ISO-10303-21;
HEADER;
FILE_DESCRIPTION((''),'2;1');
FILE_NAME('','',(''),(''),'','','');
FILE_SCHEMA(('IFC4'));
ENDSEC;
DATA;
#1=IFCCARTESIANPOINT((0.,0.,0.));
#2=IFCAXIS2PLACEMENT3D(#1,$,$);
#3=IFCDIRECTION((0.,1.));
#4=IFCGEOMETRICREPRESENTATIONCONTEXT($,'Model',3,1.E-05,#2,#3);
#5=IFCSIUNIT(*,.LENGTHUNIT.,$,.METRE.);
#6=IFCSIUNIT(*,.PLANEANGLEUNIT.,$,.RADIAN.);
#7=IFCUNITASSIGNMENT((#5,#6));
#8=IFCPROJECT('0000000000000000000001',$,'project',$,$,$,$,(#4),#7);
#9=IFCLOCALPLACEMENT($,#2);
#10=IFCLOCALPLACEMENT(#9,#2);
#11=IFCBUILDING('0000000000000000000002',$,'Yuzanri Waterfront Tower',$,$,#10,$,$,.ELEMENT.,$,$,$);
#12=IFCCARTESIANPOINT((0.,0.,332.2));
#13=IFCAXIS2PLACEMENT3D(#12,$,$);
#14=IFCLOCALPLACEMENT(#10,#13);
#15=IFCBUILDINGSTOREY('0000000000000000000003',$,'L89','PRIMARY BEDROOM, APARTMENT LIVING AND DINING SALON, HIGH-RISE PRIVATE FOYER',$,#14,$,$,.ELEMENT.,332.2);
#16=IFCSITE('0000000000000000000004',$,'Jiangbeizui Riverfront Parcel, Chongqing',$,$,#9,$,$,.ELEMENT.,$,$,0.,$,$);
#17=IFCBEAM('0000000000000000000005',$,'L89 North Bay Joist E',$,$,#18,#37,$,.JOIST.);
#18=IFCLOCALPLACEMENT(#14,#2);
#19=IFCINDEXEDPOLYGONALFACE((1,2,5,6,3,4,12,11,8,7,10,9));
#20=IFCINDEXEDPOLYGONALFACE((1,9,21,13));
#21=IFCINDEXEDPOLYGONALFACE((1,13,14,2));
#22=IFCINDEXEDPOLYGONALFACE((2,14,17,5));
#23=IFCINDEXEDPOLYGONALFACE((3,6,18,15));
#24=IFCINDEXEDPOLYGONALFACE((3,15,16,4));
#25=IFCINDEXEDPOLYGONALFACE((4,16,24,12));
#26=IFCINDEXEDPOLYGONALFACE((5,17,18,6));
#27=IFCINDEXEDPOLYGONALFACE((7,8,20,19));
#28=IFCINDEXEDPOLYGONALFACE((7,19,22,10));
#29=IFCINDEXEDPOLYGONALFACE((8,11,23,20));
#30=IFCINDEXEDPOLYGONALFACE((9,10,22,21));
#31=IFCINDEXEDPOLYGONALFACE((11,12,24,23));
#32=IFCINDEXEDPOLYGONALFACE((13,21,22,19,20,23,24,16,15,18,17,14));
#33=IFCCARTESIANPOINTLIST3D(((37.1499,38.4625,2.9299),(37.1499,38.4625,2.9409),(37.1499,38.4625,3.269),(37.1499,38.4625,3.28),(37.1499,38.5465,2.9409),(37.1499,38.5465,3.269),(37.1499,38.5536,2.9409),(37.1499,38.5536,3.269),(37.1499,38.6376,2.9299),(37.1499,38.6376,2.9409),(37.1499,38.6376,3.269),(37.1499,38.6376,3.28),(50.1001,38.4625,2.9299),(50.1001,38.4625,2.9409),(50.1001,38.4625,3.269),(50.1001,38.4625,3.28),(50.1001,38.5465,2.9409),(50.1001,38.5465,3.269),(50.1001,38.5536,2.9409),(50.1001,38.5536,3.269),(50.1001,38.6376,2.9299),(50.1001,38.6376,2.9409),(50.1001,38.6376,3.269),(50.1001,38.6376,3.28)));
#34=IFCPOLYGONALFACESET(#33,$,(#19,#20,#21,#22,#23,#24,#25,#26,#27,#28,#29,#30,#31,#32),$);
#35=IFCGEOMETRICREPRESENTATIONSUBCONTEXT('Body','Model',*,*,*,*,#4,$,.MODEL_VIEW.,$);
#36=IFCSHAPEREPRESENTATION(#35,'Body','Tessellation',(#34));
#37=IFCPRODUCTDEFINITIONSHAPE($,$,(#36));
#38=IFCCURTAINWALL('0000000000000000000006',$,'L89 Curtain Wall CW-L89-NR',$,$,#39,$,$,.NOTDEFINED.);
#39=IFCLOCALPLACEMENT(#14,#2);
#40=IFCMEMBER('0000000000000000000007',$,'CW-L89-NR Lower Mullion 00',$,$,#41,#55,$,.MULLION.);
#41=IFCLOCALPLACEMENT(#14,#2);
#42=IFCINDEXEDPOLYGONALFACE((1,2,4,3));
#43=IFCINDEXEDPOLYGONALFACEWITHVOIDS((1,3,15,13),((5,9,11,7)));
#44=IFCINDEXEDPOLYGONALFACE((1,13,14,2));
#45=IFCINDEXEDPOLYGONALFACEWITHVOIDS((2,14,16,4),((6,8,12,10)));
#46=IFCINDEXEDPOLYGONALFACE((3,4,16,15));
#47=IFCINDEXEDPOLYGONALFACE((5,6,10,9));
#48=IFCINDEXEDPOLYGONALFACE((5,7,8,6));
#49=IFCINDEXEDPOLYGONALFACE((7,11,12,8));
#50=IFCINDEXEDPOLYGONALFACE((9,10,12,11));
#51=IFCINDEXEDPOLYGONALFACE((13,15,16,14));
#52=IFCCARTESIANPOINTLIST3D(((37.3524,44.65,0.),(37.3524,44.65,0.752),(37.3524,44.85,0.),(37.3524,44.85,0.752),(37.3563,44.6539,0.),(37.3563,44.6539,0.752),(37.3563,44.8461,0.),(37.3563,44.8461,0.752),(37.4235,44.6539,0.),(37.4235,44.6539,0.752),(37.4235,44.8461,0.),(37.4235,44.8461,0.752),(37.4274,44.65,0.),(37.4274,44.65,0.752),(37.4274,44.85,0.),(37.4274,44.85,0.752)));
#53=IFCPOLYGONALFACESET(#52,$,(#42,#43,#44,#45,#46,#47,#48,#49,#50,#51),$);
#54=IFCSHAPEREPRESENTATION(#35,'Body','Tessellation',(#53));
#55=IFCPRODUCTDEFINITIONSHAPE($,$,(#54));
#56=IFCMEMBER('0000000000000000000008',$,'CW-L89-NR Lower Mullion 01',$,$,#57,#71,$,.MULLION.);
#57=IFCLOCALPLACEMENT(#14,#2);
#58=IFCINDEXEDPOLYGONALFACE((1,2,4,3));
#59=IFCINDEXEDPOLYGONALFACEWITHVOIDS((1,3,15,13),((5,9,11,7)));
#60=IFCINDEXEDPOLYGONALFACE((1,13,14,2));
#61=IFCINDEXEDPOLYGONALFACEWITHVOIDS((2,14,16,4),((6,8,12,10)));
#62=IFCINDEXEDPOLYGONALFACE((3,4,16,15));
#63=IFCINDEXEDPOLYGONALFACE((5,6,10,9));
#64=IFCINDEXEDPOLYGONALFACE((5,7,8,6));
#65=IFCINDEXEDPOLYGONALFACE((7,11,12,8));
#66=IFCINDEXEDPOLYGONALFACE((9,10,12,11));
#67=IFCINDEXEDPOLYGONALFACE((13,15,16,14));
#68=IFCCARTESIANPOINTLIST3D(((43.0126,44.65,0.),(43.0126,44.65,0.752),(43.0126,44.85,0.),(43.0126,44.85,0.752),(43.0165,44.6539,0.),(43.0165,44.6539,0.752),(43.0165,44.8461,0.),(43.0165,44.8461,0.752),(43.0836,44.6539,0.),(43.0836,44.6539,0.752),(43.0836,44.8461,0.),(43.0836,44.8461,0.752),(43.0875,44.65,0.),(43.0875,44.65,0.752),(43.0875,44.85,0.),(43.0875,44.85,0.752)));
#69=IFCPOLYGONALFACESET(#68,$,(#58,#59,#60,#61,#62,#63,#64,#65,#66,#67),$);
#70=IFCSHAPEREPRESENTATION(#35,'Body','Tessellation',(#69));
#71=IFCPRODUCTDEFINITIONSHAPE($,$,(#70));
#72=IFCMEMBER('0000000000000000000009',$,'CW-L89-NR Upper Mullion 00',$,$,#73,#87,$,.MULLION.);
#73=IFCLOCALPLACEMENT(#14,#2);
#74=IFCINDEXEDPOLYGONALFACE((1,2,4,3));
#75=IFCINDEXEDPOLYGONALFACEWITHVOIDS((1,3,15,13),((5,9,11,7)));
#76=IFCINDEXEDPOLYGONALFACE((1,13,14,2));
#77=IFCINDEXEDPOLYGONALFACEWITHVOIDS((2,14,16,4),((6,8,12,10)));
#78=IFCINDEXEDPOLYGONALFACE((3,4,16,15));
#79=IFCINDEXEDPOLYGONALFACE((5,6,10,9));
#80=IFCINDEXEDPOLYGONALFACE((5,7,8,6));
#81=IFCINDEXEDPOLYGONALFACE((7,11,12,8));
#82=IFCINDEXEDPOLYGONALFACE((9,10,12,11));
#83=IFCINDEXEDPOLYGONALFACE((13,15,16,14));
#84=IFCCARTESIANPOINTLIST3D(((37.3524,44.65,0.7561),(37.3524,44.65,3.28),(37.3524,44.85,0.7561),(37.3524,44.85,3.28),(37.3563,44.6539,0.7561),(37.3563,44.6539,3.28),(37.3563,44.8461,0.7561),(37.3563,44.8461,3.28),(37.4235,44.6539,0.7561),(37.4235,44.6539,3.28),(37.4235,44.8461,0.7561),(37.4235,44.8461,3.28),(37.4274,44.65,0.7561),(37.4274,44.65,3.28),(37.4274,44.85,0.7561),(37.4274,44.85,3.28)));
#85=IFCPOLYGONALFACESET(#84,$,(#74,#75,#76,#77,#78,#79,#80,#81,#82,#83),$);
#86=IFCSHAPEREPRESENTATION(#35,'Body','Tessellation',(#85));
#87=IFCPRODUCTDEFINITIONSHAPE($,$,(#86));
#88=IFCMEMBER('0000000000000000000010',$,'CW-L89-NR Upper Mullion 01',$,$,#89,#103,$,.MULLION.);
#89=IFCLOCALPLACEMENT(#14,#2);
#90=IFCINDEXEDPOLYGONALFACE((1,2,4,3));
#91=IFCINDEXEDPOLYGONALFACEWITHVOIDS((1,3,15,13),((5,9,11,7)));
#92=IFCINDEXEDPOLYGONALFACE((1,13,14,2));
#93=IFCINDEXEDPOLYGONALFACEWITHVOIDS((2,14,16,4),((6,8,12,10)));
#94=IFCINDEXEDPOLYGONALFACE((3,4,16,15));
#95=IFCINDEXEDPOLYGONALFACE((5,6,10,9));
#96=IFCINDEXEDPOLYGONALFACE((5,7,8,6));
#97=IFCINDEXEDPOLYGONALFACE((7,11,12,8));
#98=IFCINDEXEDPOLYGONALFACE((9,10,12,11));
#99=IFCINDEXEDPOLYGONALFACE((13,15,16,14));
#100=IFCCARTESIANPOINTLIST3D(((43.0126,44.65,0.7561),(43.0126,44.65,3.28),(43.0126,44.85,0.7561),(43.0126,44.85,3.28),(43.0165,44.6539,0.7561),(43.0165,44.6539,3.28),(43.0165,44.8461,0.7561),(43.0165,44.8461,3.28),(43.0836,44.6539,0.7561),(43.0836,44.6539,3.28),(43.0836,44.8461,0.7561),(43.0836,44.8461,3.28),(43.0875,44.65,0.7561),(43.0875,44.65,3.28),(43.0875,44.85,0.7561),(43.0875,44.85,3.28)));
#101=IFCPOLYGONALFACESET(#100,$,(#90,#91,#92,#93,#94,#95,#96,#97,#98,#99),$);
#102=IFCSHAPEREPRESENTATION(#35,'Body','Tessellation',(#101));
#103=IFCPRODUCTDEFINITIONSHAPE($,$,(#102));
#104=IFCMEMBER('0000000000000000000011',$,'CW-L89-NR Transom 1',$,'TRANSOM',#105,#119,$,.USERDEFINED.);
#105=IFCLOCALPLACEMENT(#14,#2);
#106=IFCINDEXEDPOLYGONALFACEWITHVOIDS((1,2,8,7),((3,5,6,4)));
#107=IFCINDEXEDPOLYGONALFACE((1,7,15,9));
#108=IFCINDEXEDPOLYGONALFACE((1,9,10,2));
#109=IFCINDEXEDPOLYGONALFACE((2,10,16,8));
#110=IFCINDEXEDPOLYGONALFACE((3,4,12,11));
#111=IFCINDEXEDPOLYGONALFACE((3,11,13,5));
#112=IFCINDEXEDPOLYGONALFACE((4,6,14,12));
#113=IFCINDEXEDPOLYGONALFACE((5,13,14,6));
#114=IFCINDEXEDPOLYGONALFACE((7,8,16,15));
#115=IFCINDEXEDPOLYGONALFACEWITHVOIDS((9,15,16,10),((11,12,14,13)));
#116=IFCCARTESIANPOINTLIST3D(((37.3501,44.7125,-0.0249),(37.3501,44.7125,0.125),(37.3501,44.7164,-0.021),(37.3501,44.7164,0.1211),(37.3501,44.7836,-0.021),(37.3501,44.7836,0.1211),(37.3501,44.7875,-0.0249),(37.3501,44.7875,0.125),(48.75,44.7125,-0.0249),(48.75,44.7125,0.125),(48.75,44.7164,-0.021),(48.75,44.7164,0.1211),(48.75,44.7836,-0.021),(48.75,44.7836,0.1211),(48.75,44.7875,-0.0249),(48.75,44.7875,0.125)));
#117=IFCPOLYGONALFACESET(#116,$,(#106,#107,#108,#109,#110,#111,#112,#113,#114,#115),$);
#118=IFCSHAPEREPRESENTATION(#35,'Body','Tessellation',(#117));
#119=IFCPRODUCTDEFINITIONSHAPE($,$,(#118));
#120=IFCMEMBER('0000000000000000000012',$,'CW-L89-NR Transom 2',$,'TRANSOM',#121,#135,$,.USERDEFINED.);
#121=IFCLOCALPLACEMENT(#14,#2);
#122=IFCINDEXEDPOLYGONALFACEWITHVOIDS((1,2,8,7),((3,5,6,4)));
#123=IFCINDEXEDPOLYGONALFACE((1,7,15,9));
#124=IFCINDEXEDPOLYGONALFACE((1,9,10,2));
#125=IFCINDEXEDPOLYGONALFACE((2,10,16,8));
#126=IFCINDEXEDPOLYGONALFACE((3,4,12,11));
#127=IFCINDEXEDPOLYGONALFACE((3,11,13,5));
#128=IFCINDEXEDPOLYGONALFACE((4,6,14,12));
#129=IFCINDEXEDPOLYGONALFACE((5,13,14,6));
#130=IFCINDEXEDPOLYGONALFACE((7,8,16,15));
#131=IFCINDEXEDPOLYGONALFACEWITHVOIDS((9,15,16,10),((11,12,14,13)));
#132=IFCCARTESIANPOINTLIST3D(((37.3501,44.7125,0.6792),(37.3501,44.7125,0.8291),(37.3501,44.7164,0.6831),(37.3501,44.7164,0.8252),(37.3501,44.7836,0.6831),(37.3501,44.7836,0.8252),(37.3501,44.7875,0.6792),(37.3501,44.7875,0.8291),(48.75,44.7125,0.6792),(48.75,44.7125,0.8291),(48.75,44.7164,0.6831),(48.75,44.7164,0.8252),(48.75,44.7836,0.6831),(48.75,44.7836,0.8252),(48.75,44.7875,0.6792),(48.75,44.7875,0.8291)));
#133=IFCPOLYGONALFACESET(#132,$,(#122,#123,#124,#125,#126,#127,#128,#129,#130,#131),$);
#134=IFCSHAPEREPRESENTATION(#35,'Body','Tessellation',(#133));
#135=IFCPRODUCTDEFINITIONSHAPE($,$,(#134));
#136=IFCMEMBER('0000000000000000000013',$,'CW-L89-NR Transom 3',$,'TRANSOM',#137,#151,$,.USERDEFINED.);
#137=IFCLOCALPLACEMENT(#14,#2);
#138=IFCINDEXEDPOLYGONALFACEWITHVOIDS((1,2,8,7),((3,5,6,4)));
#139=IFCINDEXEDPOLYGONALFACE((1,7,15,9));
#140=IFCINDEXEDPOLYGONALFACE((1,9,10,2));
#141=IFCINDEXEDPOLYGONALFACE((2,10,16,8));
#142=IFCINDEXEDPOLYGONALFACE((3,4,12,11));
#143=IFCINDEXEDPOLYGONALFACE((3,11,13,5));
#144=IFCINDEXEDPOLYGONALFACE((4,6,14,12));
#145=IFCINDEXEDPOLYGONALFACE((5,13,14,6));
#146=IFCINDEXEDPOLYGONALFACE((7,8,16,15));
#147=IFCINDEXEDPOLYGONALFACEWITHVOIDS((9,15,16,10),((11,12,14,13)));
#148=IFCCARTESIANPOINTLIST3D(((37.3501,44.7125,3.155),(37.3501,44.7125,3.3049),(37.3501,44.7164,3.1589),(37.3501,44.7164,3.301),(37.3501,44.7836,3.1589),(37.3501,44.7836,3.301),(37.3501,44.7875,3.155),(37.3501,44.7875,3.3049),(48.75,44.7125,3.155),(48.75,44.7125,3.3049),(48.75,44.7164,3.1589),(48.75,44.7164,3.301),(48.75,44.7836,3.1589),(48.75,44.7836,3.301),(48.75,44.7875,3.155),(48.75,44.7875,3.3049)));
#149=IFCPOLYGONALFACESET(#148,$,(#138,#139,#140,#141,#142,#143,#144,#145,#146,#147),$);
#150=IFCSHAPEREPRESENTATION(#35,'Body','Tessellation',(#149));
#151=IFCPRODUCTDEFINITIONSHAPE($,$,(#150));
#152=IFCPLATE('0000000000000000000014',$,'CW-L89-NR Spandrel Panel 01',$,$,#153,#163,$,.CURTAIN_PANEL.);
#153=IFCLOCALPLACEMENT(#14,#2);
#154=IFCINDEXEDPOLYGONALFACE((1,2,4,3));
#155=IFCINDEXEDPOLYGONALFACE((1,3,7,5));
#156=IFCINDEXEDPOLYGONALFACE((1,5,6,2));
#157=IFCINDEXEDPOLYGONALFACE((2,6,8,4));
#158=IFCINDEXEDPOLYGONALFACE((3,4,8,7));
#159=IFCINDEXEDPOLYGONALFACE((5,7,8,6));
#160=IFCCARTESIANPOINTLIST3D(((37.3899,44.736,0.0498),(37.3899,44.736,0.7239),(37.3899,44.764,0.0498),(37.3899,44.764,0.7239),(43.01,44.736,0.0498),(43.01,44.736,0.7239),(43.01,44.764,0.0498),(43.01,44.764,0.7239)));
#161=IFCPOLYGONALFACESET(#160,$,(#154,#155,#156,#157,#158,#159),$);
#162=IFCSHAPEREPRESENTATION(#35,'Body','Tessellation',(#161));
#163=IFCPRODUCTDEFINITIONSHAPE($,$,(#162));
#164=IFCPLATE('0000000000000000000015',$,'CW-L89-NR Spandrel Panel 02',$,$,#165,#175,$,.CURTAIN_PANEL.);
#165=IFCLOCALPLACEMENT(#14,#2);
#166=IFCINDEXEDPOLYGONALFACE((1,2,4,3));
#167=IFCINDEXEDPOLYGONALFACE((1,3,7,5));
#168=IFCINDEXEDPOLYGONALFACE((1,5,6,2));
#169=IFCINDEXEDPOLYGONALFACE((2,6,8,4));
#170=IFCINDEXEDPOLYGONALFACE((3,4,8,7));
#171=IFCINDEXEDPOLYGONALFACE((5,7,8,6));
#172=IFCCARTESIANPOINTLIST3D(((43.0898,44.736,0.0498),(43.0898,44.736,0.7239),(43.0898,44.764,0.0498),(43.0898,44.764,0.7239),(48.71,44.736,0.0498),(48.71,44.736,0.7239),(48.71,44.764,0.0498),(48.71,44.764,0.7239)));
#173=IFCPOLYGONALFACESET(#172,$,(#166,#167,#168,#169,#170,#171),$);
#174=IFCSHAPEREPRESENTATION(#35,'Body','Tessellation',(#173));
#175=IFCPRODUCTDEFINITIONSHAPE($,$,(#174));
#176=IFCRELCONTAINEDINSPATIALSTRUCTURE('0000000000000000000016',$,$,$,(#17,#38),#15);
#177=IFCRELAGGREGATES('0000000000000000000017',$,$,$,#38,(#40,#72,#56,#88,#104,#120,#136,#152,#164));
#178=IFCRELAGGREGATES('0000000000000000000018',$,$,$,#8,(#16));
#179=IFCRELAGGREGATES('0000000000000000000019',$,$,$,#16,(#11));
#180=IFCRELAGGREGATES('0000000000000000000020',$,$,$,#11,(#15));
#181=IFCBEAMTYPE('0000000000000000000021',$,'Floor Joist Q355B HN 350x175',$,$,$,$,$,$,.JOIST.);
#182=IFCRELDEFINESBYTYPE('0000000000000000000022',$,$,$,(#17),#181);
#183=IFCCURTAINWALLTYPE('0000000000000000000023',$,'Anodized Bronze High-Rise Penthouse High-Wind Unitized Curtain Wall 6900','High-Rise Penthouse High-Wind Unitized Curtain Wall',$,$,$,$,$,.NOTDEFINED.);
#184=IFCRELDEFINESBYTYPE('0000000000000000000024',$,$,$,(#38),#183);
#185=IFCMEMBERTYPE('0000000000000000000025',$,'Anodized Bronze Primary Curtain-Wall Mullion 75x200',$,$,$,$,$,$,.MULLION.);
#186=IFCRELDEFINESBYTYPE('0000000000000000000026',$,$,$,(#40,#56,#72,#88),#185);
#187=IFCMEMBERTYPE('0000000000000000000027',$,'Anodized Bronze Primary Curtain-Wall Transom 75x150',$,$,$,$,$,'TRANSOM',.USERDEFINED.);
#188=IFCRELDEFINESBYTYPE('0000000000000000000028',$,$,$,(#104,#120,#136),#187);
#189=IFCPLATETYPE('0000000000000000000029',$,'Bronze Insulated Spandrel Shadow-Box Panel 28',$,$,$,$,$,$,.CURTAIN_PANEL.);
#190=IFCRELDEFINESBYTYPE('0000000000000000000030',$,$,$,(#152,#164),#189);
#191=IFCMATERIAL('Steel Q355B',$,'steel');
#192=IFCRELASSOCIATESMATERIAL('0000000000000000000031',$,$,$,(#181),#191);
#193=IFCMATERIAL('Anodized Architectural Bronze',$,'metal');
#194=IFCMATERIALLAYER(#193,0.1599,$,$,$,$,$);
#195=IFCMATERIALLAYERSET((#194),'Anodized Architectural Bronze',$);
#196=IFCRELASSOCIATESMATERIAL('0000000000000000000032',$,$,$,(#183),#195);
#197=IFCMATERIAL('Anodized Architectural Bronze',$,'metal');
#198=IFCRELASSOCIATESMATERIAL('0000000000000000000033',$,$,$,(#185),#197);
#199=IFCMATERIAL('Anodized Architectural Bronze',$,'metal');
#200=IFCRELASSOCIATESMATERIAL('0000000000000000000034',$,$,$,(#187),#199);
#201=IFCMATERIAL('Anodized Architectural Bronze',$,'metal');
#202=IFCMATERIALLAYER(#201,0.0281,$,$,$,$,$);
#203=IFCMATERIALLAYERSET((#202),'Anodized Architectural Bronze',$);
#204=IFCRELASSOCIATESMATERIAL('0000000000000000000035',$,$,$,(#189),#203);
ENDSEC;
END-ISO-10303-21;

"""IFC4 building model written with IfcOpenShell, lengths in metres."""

from ifc_helpers import new_model, si_unit, direction, frame, origin, origin_2d, place, context, subcontext, project, spatial, rectangle, hollow_rectangle, i_section, extrude, source, transform, mapped, material, layer, layer_set, material_profile, profile_set, type_object, element, aggregate, save


model = new_model("IFC4")

# Units and contexts
model_context = context("Model", 3, precision=1e-05, world=origin(), true_north=direction((0.0, 1.0)))
body_context = subcontext(model_context, "Body", "Model", "MODEL_VIEW")
ifc_project = project(units=[si_unit("LENGTHUNIT", "METRE"), si_unit("PLANEANGLEUNIT", "RADIAN")], contexts=[model_context])

# Site, building, storey
site_placement = place(None, origin())
site = spatial("IfcSite", under=ifc_project, at=site_placement, Name="Jiangbeizui Riverfront Parcel, Chongqing", CompositionType="ELEMENT", RefElevation=0.0)
building_placement = place(site_placement, origin())
building = spatial("IfcBuilding", under=site, at=building_placement, Name="Yuzanri Waterfront Tower", CompositionType="ELEMENT")
storey_placement = place(building_placement, frame((0.0, 0.0, 332.2)))
storey = spatial("IfcBuildingStorey", under=building, at=storey_placement, Name="L89", Description="PRIMARY BEDROOM, APARTMENT LIVING AND DINING SALON, HIGH-RISE PRIVATE FOYER", CompositionType="ELEMENT", Elevation=332.2)

# Beam
ifc_material_1 = material(Name="Steel Q355B", Category="steel")
ifc_material_profile_1 = material_profile(ifc_material_1, i_section(OverallWidth=0.175, OverallDepth=0.3501, WebThickness=0.0071, FlangeThickness=0.011, at=origin_2d()), Name="HN 350x175x7x11")
ifc_profile_set_1 = profile_set([ifc_material_profile_1], Name="Steel Q355B")
beam_type = type_object("IfcBeamType", Name="Floor Joist Q355B HN 350x175", PredefinedType="JOIST", material=ifc_profile_set_1)
shared_shape_1 = source(origin(), body_context, "Body", "SweptSolid", [
    extrude(i_section(OverallWidth=0.175, OverallDepth=0.3501, WebThickness=0.0071, FlangeThickness=0.011, at=origin_2d()), origin(), (0.0, 0.0, 1.0), 12.9502),
])
beam_placement = place(storey_placement, frame((37.1499, 38.55, 3.105), z_axis=(1.0, 0.0, 0.0), x_axis=(0.0, 1.0, 0.0)))
element("IfcBeam", 1, at=beam_placement, inside=storey, type_object=beam_type, Name="L89 North Bay Joist E", PredefinedType="JOIST", context=body_context, shape_type="MappedRepresentation", body=[
    mapped(shared_shape_1, transform((0.0, 0.0, 0.0), scale=1.0)),
])

# Curtain wall, members, plates
ifc_material_2 = material(Name="Anodized Architectural Bronze", Category="metal")
ifc_layer_1 = layer(ifc_material_2, 0.1599)
ifc_layer_set_1 = layer_set([ifc_layer_1], Name="Anodized Architectural Bronze")
curtain_wall_type = type_object("IfcCurtainWallType", Name="Anodized Bronze High-Rise Penthouse High-Wind Unitized Curtain Wall 6900", Description="High-Rise Penthouse High-Wind Unitized Curtain Wall", PredefinedType="NOTDEFINED", material=ifc_layer_set_1)
curtain_wall_placement = place(storey_placement, origin())
curtain_wall = element("IfcCurtainWall", 2, at=curtain_wall_placement, inside=storey, type_object=curtain_wall_type, Name="L89 Curtain Wall CW-L89-NR", PredefinedType="NOTDEFINED")
ifc_material_3 = material(Name="Anodized Architectural Bronze", Category="metal")
ifc_material_profile_2 = material_profile(ifc_material_3, hollow_rectangle(XDim=0.075, YDim=0.2, WallThickness=0.0039, at=origin_2d()), Name="CWM 75x200")
ifc_profile_set_2 = profile_set([ifc_material_profile_2], Name="Anodized Architectural Bronze")
member_type_1 = type_object("IfcMemberType", Name="Anodized Bronze Primary Curtain-Wall Mullion 75x200", PredefinedType="MULLION", material=ifc_profile_set_2)
shared_shape_2 = source(origin(), body_context, "Body", "SweptSolid", [
    extrude(hollow_rectangle(XDim=0.075, YDim=0.2, WallThickness=0.0039, at=origin_2d()), origin(), (0.0, 0.0, 1.0), 0.752),
])
member_1_placement = place(storey_placement, frame((37.3899, 44.75, 0.0), z_axis=(0.0, 0.0, 1.0), x_axis=(1.0, 0.0, 0.0)))
member_1 = element("IfcMember", 3, at=member_1_placement, type_object=member_type_1, Name="CW-L89-NR Lower Mullion 00", PredefinedType="MULLION", context=body_context, shape_type="MappedRepresentation", body=[
    mapped(shared_shape_2, transform((0.0, 0.0, 0.0), scale=1.0)),
])
member_2_placement = place(storey_placement, frame((43.05, 44.75, 0.0), z_axis=(0.0, 0.0, 1.0), x_axis=(1.0, 0.0, 0.0)))
member_2 = element("IfcMember", 4, at=member_2_placement, type_object=member_type_1, Name="CW-L89-NR Lower Mullion 01", PredefinedType="MULLION", context=body_context, shape_type="MappedRepresentation", body=[
    mapped(shared_shape_2, transform((0.0, 0.0, 0.0), scale=1.0)),
])
shared_shape_3 = source(origin(), body_context, "Body", "SweptSolid", [
    extrude(hollow_rectangle(XDim=0.075, YDim=0.2, WallThickness=0.0039, at=origin_2d()), origin(), (0.0, 0.0, 1.0), 2.5239),
])
member_3_placement = place(storey_placement, frame((37.3899, 44.75, 0.7561), z_axis=(0.0, 0.0, 1.0), x_axis=(1.0, 0.0, 0.0)))
member_3 = element("IfcMember", 5, at=member_3_placement, type_object=member_type_1, Name="CW-L89-NR Upper Mullion 00", PredefinedType="MULLION", context=body_context, shape_type="MappedRepresentation", body=[
    mapped(shared_shape_3, transform((0.0, 0.0, 0.0), scale=1.0)),
])
member_4_placement = place(storey_placement, frame((43.05, 44.75, 0.7561), z_axis=(0.0, 0.0, 1.0), x_axis=(1.0, 0.0, 0.0)))
member_4 = element("IfcMember", 6, at=member_4_placement, type_object=member_type_1, Name="CW-L89-NR Upper Mullion 01", PredefinedType="MULLION", context=body_context, shape_type="MappedRepresentation", body=[
    mapped(shared_shape_3, transform((0.0, 0.0, 0.0), scale=1.0)),
])
ifc_material_4 = material(Name="Anodized Architectural Bronze", Category="metal")
ifc_material_profile_3 = material_profile(ifc_material_4, hollow_rectangle(XDim=0.075, YDim=0.1499, WallThickness=0.0039, at=origin_2d()), Name="CWT 75x150")
ifc_profile_set_3 = profile_set([ifc_material_profile_3], Name="Anodized Architectural Bronze")
member_type_2 = type_object("IfcMemberType", Name="Anodized Bronze Primary Curtain-Wall Transom 75x150", ElementType="TRANSOM", PredefinedType="USERDEFINED", material=ifc_profile_set_3)
shared_shape_4 = source(origin(), body_context, "Body", "SweptSolid", [
    extrude(hollow_rectangle(XDim=0.075, YDim=0.1499, WallThickness=0.0039, at=origin_2d()), origin(), (0.0, 0.0, 1.0), 11.3999),
])
member_5_placement = place(storey_placement, frame((37.3501, 44.75, 0.05), z_axis=(1.0, 0.0, 0.0), x_axis=(0.0, 1.0, 0.0)))
member_5 = element("IfcMember", 7, at=member_5_placement, type_object=member_type_2, Name="CW-L89-NR Transom 1", ObjectType="TRANSOM", PredefinedType="USERDEFINED", context=body_context, shape_type="MappedRepresentation", body=[
    mapped(shared_shape_4, transform((0.0, 0.0, 0.0), scale=1.0)),
])
member_6_placement = place(storey_placement, frame((37.3501, 44.75, 0.7542), z_axis=(1.0, 0.0, 0.0), x_axis=(0.0, 1.0, 0.0)))
member_6 = element("IfcMember", 8, at=member_6_placement, type_object=member_type_2, Name="CW-L89-NR Transom 2", ObjectType="TRANSOM", PredefinedType="USERDEFINED", context=body_context, shape_type="MappedRepresentation", body=[
    mapped(shared_shape_4, transform((0.0, 0.0, 0.0), scale=1.0)),
])
member_7_placement = place(storey_placement, frame((37.3501, 44.75, 3.23), z_axis=(1.0, 0.0, 0.0), x_axis=(0.0, 1.0, 0.0)))
member_7 = element("IfcMember", 9, at=member_7_placement, type_object=member_type_2, Name="CW-L89-NR Transom 3", ObjectType="TRANSOM", PredefinedType="USERDEFINED", context=body_context, shape_type="MappedRepresentation", body=[
    mapped(shared_shape_4, transform((0.0, 0.0, 0.0), scale=1.0)),
])
ifc_material_5 = material(Name="Anodized Architectural Bronze", Category="metal")
ifc_layer_2 = layer(ifc_material_5, 0.0281)
ifc_layer_set_2 = layer_set([ifc_layer_2], Name="Anodized Architectural Bronze")
plate_type_1 = type_object("IfcPlateType", Name="Bronze Insulated Spandrel Shadow-Box Panel 28", PredefinedType="CURTAIN_PANEL", material=ifc_layer_set_2)
shared_shape_5 = source(origin(), body_context, "Body", "SweptSolid", [
    extrude(rectangle(XDim=5.6201, YDim=0.0281, at=origin_2d()), origin(), (0.0, 0.0, 1.0), 0.6741),
])
plate_1_placement = place(storey_placement, frame((40.2, 44.75, 0.0498), z_axis=(0.0, 0.0, 1.0), x_axis=(1.0, 0.0, 0.0)))
plate_1 = element("IfcPlate", 10, at=plate_1_placement, type_object=plate_type_1, Name="CW-L89-NR Spandrel Panel 01", PredefinedType="CURTAIN_PANEL", context=body_context, shape_type="MappedRepresentation", body=[
    mapped(shared_shape_5, transform((0.0, 0.0, 0.0), scale=1.0)),
])
plate_2_placement = place(storey_placement, frame((45.8999, 44.75, 0.0498), z_axis=(0.0, 0.0, 1.0), x_axis=(1.0, 0.0, 0.0)))
plate_2 = element("IfcPlate", 11, at=plate_2_placement, type_object=plate_type_1, Name="CW-L89-NR Spandrel Panel 02", PredefinedType="CURTAIN_PANEL", context=body_context, shape_type="MappedRepresentation", body=[
    mapped(shared_shape_5, transform((0.0, 0.0, 0.0), scale=1.0)),
])
aggregate(curtain_wall, [member_1, member_3, member_2, member_4, member_5, member_6, member_7, plate_1, plate_2])

save(model, "model.ifc")
